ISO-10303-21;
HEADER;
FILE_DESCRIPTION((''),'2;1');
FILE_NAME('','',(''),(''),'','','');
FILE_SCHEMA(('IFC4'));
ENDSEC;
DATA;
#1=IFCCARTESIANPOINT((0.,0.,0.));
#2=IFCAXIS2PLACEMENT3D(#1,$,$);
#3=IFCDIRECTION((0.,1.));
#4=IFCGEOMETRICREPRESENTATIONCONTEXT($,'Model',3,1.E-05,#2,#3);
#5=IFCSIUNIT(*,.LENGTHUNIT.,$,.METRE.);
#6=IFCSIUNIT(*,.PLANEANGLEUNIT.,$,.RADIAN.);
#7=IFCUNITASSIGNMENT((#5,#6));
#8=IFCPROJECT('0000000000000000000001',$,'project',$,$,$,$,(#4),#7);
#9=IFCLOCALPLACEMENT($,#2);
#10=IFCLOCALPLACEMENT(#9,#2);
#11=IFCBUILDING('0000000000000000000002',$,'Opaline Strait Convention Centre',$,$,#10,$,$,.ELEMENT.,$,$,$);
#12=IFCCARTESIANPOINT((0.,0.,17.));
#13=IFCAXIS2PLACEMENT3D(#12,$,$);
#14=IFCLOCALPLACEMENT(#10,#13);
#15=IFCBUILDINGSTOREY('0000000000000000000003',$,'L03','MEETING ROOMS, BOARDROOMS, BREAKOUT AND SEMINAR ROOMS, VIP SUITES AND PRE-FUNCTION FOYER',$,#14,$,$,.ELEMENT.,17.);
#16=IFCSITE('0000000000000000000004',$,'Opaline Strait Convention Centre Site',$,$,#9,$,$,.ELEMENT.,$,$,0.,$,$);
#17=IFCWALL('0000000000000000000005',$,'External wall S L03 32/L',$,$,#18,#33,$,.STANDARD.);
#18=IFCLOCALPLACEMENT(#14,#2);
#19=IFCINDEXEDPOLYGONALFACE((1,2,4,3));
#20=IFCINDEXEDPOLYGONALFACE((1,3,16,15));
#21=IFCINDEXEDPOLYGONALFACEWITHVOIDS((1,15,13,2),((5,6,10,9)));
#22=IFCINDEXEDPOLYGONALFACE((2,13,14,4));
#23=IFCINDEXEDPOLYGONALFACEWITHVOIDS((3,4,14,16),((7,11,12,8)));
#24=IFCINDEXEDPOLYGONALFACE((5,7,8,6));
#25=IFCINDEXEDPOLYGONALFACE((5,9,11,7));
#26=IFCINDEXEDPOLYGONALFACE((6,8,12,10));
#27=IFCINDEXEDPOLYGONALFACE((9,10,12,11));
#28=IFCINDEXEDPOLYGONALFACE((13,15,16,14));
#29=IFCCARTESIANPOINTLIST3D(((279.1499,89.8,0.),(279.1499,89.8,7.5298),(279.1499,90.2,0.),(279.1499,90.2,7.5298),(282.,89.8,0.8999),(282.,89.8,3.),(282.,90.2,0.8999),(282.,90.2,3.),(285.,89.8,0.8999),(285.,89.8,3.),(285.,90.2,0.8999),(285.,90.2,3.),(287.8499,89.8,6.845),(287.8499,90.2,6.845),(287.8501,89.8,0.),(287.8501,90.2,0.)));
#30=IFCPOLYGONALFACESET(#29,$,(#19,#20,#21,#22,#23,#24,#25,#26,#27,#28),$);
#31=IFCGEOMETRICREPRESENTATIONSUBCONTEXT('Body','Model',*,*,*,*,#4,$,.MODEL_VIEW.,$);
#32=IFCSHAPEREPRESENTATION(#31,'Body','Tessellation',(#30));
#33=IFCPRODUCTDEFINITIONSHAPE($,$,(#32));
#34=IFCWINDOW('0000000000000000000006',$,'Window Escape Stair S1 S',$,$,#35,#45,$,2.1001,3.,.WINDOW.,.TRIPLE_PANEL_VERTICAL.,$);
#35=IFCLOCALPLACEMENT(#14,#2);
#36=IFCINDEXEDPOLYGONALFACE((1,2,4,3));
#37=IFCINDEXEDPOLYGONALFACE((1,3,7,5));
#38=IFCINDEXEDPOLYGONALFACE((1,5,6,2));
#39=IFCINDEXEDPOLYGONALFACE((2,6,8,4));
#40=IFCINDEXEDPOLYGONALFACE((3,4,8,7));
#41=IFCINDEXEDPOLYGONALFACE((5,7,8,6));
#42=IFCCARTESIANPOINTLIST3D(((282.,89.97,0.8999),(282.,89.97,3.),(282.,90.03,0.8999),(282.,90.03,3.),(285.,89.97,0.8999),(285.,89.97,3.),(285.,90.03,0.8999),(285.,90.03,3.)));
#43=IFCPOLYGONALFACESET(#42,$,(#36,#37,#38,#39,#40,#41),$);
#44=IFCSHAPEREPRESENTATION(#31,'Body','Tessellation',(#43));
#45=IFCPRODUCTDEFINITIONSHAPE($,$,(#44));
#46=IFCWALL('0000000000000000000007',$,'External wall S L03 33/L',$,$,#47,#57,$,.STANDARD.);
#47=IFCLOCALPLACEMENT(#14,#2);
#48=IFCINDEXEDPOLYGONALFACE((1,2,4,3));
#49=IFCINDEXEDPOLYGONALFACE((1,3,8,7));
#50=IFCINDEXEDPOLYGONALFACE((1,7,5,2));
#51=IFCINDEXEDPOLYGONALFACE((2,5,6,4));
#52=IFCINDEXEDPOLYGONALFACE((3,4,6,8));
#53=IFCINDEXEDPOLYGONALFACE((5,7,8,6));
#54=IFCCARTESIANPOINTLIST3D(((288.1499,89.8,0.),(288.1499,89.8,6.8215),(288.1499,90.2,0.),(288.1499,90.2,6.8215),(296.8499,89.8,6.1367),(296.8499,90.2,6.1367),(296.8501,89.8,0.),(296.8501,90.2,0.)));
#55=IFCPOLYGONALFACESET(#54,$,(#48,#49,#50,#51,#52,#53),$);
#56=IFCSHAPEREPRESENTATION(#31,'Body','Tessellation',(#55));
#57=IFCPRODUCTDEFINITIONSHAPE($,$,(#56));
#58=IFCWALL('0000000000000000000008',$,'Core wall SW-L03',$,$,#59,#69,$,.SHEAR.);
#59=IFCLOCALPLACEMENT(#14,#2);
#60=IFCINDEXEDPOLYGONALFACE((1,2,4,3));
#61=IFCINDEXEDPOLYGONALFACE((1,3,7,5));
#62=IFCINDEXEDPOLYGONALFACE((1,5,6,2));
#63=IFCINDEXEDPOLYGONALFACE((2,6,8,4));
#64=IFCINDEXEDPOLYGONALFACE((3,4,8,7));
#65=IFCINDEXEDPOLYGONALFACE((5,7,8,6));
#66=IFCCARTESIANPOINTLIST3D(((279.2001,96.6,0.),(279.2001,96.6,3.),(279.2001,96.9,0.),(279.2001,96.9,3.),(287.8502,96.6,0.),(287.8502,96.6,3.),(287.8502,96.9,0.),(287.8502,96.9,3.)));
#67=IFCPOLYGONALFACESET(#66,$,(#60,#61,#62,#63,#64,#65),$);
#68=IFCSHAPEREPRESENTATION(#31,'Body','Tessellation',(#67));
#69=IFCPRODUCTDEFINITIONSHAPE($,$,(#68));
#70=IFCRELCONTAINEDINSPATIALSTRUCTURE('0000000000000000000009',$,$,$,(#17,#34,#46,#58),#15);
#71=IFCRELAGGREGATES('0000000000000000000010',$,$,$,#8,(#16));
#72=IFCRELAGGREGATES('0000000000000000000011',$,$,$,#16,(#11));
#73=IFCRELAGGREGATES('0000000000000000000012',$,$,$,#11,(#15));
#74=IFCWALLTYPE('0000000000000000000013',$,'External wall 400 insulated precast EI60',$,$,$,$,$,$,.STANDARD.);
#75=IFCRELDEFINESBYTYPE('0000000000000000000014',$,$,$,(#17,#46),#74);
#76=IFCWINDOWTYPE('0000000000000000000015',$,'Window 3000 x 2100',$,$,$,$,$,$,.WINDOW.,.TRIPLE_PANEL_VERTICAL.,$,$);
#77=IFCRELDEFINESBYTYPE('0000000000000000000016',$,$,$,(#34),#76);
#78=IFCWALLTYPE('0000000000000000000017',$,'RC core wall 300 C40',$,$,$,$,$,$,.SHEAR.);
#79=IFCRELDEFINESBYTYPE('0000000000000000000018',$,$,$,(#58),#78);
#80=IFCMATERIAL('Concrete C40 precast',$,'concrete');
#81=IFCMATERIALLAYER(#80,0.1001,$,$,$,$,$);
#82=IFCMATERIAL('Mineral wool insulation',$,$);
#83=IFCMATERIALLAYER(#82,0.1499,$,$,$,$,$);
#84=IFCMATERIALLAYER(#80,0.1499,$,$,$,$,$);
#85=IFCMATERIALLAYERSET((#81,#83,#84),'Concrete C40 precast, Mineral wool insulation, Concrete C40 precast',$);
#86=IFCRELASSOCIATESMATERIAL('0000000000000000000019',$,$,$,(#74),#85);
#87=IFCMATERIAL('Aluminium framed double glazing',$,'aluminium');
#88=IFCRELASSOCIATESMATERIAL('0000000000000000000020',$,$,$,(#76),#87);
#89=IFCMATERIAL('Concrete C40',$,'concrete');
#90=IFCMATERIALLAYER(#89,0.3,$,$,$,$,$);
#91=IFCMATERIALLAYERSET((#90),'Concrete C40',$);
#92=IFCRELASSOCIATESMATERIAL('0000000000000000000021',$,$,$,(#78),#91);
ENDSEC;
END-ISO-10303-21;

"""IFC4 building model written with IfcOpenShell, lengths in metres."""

from ifc_helpers import new_model, si_unit, direction, frame, frame_2d, origin, place, context, subcontext, project, spatial, polyline, rectangle, outline, extrude, material, layer, layer_set, type_object, element, fill, save


model = new_model("IFC4")

# Units and contexts
model_context = context("Model", 3, precision=1e-05, world=origin(), true_north=direction((0.0, 1.0)))
body_context = subcontext(model_context, "Body", "Model", "MODEL_VIEW")
ifc_project = project(units=[si_unit("LENGTHUNIT", "METRE"), si_unit("PLANEANGLEUNIT", "RADIAN")], contexts=[model_context])

# Site, building, storey
site_placement = place(None, origin())
site = spatial("IfcSite", under=ifc_project, at=site_placement, Name="Opaline Strait Convention Centre Site", CompositionType="ELEMENT", RefElevation=0.0)
building_placement = place(site_placement, origin())
building = spatial("IfcBuilding", under=site, at=building_placement, Name="Opaline Strait Convention Centre", CompositionType="ELEMENT")
storey_placement = place(building_placement, frame((0.0, 0.0, 17.0)))
storey = spatial("IfcBuildingStorey", under=building, at=storey_placement, Name="L03", Description="MEETING ROOMS, BOARDROOMS, BREAKOUT AND SEMINAR ROOMS, VIP SUITES AND PRE-FUNCTION FOYER", CompositionType="ELEMENT", Elevation=17.0)

# Shared definitions
ifc_material_1 = material(Name="Aluminium framed double glazing", Category="aluminium")

# Wall, opening, window
ifc_material_2 = material(Name="Concrete C40 precast", Category="concrete")
ifc_layer_1 = layer(ifc_material_2, 0.1001)
ifc_material_3 = material(Name="Mineral wool insulation")
ifc_layer_2 = layer(ifc_material_3, 0.1499)
ifc_layer_3 = layer(ifc_material_2, 0.1499)
ifc_layer_set_1 = layer_set([ifc_layer_1, ifc_layer_2, ifc_layer_3], Name="Concrete C40 precast, Mineral wool insulation, Concrete C40 precast")
wall_type_1 = type_object("IfcWallType", Name="External wall 400 insulated precast EI60", PredefinedType="STANDARD", material=ifc_layer_set_1)
wall_1_placement = place(storey_placement, frame((279.1499, 90.0, 0.0), z_axis=(0.0, 0.0, 1.0), x_axis=(1.0, 0.0, 0.0)))
wall_1 = element("IfcWall", 1, at=wall_1_placement, inside=storey, type_object=wall_type_1, Name="External wall S L03 32/L", PredefinedType="STANDARD", context=body_context, shape_type="SweptSolid", body=[
    extrude(outline(polyline([(0.0, 0.0), (8.7002, 0.0), (8.7, 6.845), (0.0, 7.5298), (0.0, 0.0)])), frame((0.0, 0.2, 0.0), z_axis=(0.0, -1.0, 0.0), x_axis=(1.0, 0.0, 0.0)), (0.0, 0.0, 1.0), 0.3999),
])
opening_1_placement = place(wall_1_placement, frame((2.8501, 0.0, 0.8999)))
opening_1 = element("IfcOpeningElement", 2, at=opening_1_placement, cuts=wall_1, PredefinedType="OPENING", context=body_context, shape_type="SweptSolid", body=[
    extrude(rectangle(XDim=3.0, YDim=2.1001, at=frame_2d((1.5, 1.05))), frame((0.0, 0.21, 0.0), z_axis=(0.0, -1.0, 0.0), x_axis=(1.0, 0.0, 0.0)), (0.0, 0.0, 1.0), 0.4199),
])
window_type = type_object("IfcWindowType", Name="Window 3000 x 2100", PartitioningType="TRIPLE_PANEL_VERTICAL", PredefinedType="WINDOW", material=ifc_material_1)
window_placement = place(opening_1_placement, origin())
window = element("IfcWindow", 3, at=window_placement, inside=storey, type_object=window_type, Name="Window Escape Stair S1 S", OverallHeight=2.1001, OverallWidth=3.0, PartitioningType="TRIPLE_PANEL_VERTICAL", PredefinedType="WINDOW", context=body_context, shape_type="SweptSolid", body=[
    extrude(rectangle(XDim=3.0, YDim=2.1001, at=frame_2d((1.5, 1.05))), frame((0.0, 0.03, 0.0), z_axis=(0.0, -1.0, 0.0), x_axis=(1.0, 0.0, 0.0)), (0.0, 0.0, 1.0), 0.0601),
])
fill(opening_1, window)

# Wall
wall_2_placement = place(storey_placement, frame((288.1499, 90.0, 0.0), z_axis=(0.0, 0.0, 1.0), x_axis=(1.0, 0.0, 0.0)))
element("IfcWall", 4, at=wall_2_placement, inside=storey, type_object=wall_type_1, Name="External wall S L03 33/L", PredefinedType="STANDARD", context=body_context, shape_type="SweptSolid", body=[
    extrude(outline(polyline([(0.0, 0.0), (8.7002, 0.0), (8.7, 6.1367), (0.0, 6.8215), (0.0, 0.0)])), frame((0.0, 0.2, 0.0), z_axis=(0.0, -1.0, 0.0), x_axis=(1.0, 0.0, 0.0)), (0.0, 0.0, 1.0), 0.3999),
])

# Shared definitions
ifc_material_4 = material(Name="Concrete C40", Category="concrete")
ifc_layer_4 = layer(ifc_material_4, 0.3)
ifc_layer_set_2 = layer_set([ifc_layer_4], Name="Concrete C40")
wall_type_2 = type_object("IfcWallType", Name="RC core wall 300 C40", PredefinedType="SHEAR", material=ifc_layer_set_2)

# Wall
wall_3_placement = place(storey_placement, frame((279.2, 96.75, 0.0), z_axis=(0.0, 0.0, 1.0), x_axis=(1.0, 0.0, 0.0)))
element("IfcWall", 5, at=wall_3_placement, inside=storey, type_object=wall_type_2, Name="Core wall SW-L03", PredefinedType="SHEAR", context=body_context, shape_type="SweptSolid", body=[
    extrude(rectangle(XDim=8.6501, YDim=0.3, at=frame_2d((4.3252, 0.0))), origin(), (0.0, 0.0, 1.0), 3.0),
])

save(model, "model.ifc")
